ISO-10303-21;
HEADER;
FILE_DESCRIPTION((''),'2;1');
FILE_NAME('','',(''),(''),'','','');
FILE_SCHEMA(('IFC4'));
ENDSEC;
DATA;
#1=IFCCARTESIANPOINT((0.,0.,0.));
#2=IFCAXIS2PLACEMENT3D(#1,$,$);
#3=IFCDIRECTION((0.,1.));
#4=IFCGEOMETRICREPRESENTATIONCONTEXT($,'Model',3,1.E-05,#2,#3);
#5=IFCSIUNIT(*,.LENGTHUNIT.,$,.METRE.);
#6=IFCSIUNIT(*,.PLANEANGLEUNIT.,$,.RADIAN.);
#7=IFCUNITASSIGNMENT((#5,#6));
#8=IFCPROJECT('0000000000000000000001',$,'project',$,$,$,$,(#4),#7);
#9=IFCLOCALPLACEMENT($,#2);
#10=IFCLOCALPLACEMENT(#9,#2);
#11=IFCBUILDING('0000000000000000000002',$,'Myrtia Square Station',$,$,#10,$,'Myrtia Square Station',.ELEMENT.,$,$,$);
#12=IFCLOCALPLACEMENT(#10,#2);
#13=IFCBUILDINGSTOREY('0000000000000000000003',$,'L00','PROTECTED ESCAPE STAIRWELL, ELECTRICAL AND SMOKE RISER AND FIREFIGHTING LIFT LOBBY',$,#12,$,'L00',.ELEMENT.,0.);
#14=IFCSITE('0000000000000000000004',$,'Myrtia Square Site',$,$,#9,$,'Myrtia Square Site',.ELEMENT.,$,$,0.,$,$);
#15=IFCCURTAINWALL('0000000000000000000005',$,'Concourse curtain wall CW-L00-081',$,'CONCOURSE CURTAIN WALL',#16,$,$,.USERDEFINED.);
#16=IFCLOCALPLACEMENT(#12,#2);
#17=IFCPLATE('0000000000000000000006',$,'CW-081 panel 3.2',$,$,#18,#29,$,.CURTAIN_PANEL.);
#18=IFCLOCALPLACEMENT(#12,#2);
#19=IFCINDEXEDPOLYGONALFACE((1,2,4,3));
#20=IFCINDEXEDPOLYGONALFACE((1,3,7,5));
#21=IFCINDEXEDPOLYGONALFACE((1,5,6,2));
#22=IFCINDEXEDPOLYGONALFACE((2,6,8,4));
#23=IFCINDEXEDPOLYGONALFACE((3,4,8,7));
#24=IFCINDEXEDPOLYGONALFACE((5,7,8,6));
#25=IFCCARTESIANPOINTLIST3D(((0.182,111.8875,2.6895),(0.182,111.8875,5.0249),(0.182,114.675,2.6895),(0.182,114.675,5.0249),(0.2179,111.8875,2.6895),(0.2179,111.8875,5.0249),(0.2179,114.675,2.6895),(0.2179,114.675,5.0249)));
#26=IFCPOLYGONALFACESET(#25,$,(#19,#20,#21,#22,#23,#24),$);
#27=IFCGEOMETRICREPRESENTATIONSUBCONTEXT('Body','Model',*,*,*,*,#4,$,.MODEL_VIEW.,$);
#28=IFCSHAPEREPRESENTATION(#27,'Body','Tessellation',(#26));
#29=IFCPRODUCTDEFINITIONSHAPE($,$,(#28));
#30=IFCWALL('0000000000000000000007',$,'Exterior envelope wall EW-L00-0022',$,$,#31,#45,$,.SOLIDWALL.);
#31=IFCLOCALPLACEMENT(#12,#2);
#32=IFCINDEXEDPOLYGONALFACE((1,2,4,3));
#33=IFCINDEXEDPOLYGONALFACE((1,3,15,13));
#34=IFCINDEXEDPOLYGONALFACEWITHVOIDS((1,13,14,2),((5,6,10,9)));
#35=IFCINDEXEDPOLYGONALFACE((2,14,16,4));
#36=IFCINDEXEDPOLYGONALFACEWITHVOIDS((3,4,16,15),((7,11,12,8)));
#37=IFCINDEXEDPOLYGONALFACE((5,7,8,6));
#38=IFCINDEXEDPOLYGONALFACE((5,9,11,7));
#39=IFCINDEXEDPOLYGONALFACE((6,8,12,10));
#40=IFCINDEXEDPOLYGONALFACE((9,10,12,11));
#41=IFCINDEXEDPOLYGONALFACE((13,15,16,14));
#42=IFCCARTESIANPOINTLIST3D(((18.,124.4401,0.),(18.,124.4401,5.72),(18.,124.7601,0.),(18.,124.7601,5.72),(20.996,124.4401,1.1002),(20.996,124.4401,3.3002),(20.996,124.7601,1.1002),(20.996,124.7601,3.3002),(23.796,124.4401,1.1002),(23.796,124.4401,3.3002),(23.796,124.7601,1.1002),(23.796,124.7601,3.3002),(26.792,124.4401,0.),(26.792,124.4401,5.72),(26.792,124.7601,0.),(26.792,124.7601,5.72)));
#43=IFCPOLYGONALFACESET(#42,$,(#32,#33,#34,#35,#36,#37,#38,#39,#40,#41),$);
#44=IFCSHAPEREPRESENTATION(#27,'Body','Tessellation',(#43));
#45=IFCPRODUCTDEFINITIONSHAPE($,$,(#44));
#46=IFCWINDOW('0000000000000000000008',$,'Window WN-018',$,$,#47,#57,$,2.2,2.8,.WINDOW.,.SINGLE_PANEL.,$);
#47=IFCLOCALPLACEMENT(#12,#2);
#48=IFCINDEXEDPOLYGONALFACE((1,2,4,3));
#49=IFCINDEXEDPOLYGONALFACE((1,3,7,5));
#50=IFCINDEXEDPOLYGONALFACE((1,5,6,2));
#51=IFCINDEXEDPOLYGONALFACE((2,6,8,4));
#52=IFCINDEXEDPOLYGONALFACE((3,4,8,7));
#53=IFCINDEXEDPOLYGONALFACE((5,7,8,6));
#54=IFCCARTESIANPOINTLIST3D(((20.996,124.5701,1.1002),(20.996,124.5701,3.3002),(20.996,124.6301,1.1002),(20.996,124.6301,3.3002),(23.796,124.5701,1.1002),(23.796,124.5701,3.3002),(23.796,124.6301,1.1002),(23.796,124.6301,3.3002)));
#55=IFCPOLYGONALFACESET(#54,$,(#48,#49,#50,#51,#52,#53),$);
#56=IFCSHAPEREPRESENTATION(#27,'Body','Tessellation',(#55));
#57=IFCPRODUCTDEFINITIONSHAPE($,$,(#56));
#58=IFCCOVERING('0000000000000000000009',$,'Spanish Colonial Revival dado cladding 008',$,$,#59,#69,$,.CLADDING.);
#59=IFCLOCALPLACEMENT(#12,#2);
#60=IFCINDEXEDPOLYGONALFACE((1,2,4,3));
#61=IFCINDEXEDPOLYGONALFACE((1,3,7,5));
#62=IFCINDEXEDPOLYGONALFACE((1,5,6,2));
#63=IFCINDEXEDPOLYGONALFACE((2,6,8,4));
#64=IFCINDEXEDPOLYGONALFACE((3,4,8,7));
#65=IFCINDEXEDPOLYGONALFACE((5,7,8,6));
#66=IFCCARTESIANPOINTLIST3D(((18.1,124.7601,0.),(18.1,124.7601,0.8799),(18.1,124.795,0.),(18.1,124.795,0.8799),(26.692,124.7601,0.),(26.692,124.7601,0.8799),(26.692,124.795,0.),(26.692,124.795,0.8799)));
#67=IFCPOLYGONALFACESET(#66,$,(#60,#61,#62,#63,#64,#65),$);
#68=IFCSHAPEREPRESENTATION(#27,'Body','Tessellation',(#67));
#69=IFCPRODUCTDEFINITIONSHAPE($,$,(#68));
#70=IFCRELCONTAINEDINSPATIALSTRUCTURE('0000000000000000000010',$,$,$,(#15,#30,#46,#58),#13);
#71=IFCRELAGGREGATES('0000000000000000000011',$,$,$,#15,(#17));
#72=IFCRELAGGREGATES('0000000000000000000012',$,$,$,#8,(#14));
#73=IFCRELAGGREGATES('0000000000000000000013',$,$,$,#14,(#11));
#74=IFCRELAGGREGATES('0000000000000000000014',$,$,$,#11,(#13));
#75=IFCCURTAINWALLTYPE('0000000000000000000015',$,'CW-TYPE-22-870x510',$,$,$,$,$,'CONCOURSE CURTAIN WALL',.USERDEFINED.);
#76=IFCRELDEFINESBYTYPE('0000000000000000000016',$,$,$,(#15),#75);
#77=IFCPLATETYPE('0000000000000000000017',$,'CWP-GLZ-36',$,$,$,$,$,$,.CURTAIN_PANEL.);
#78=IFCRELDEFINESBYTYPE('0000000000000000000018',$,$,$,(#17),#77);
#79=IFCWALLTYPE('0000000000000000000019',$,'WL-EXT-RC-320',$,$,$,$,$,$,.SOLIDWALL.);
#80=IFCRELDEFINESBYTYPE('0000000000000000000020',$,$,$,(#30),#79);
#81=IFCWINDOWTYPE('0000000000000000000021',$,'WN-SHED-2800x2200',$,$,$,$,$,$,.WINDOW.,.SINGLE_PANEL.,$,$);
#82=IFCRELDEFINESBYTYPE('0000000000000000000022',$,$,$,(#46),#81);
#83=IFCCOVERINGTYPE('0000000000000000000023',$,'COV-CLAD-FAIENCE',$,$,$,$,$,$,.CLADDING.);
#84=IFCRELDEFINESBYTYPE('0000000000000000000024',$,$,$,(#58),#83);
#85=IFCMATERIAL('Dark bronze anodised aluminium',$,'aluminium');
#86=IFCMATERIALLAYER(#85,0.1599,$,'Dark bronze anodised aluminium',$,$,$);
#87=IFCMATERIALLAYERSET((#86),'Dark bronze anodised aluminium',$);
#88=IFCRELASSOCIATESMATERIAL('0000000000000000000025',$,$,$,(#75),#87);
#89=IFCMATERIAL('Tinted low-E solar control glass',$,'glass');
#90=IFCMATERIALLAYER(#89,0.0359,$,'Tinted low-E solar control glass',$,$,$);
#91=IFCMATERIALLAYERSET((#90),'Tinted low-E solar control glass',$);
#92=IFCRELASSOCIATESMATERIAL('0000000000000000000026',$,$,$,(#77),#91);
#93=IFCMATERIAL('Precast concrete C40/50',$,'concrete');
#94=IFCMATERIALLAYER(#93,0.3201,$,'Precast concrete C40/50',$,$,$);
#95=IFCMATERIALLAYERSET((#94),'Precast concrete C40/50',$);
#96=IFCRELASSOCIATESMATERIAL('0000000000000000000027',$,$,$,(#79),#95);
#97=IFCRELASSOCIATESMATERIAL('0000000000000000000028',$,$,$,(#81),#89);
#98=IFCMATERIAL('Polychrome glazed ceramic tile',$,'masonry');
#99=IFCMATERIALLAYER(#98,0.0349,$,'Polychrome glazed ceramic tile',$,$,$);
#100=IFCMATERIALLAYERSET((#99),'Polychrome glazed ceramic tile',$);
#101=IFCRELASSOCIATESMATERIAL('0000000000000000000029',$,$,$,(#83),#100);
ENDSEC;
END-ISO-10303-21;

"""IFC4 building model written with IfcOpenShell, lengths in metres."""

from ifc_helpers import new_model, si_unit, direction, frame, frame_2d, origin, origin_2d, place, context, subcontext, project, spatial, rectangle, extrude, material, layer, layer_set, type_object, element, fill, aggregate, save


model = new_model("IFC4")

# Units and contexts
model_context = context("Model", 3, precision=1e-05, world=origin(), true_north=direction((0.0, 1.0)))
body_context = subcontext(model_context, "Body", "Model", "MODEL_VIEW")
ifc_project = project(units=[si_unit("LENGTHUNIT", "METRE"), si_unit("PLANEANGLEUNIT", "RADIAN")], contexts=[model_context])

# Site, building, storey
site_placement = place(None, origin())
site = spatial("IfcSite", under=ifc_project, at=site_placement, Name="Myrtia Square Site", LongName="Myrtia Square Site", CompositionType="ELEMENT", RefElevation=0.0)
building_placement = place(site_placement, origin())
building = spatial("IfcBuilding", under=site, at=building_placement, Name="Myrtia Square Station", LongName="Myrtia Square Station", CompositionType="ELEMENT")
storey_placement = place(building_placement, origin())
storey = spatial("IfcBuildingStorey", under=building, at=storey_placement, Name="L00", Description="PROTECTED ESCAPE STAIRWELL, ELECTRICAL AND SMOKE RISER AND FIREFIGHTING LIFT LOBBY", LongName="L00", CompositionType="ELEMENT", Elevation=0.0)

# Curtain wall
ifc_material_1 = material(Name="Dark bronze anodised aluminium", Category="aluminium")
ifc_layer_1 = layer(ifc_material_1, 0.1599, Name="Dark bronze anodised aluminium")
ifc_layer_set_1 = layer_set([ifc_layer_1], Name="Dark bronze anodised aluminium")
curtain_wall_type = type_object("IfcCurtainWallType", Name="CW-TYPE-22-870x510", ElementType="CONCOURSE CURTAIN WALL", PredefinedType="USERDEFINED", material=ifc_layer_set_1)
curtain_wall_1_placement = place(storey_placement, origin())
curtain_wall_1 = element("IfcCurtainWall", 1, at=curtain_wall_1_placement, inside=storey, type_object=curtain_wall_type, Name="Concourse curtain wall CW-L00-081", ObjectType="CONCOURSE CURTAIN WALL", PredefinedType="USERDEFINED")

# Plate
ifc_material_2 = material(Name="Tinted low-E solar control glass", Category="glass")
ifc_layer_2 = layer(ifc_material_2, 0.0359, Name="Tinted low-E solar control glass")
ifc_layer_set_2 = layer_set([ifc_layer_2], Name="Tinted low-E solar control glass")
plate_type_1 = type_object("IfcPlateType", Name="CWP-GLZ-36", PredefinedType="CURTAIN_PANEL", material=ifc_layer_set_2)
plate_1_placement = place(storey_placement, frame((0.2, 113.2812, 2.6895), z_axis=(0.0, 0.0, 1.0), x_axis=(0.0, 1.0, 0.0)))
plate_1 = element("IfcPlate", 2, at=plate_1_placement, type_object=plate_type_1, Name="CW-081 panel 3.2", PredefinedType="CURTAIN_PANEL", context=body_context, shape_type="SweptSolid", body=[
    extrude(rectangle(XDim=2.7876, YDim=0.0359, at=origin_2d()), origin(), (0.0, 0.0, 1.0), 2.3354),
])
aggregate(curtain_wall_1, [plate_1])

# Wall, opening, window
ifc_material_3 = material(Name="Precast concrete C40/50", Category="concrete")
ifc_layer_3 = layer(ifc_material_3, 0.3201, Name="Precast concrete C40/50")
ifc_layer_set_3 = layer_set([ifc_layer_3], Name="Precast concrete C40/50")
wall_type = type_object("IfcWallType", Name="WL-EXT-RC-320", PredefinedType="SOLIDWALL", material=ifc_layer_set_3)
wall_placement = place(storey_placement, frame((18.0, 124.6001, 0.0), z_axis=(0.0, 0.0, 1.0), x_axis=(1.0, 0.0, 0.0)))
wall = element("IfcWall", 3, at=wall_placement, inside=storey, type_object=wall_type, Name="Exterior envelope wall EW-L00-0022", PredefinedType="SOLIDWALL", context=body_context, shape_type="SweptSolid", body=[
    extrude(rectangle(XDim=8.792, YDim=0.3201, at=frame_2d((4.396, 0.0))), origin(), (0.0, 0.0, 1.0), 5.72),
])
opening_placement = place(wall_placement, frame((2.9961, 0.0, 1.1001)))
opening = element("IfcOpeningElement", 4, at=opening_placement, cuts=wall, PredefinedType="OPENING", context=body_context, shape_type="SweptSolid", body=[
    extrude(rectangle(XDim=2.8, YDim=2.2, at=frame_2d((1.3999, 1.1001))), frame((0.0, 0.175, 0.0), z_axis=(0.0, -1.0, 0.0), x_axis=(1.0, 0.0, 0.0)), (0.0, 0.0, 1.0), 0.3501),
])
window_type = type_object("IfcWindowType", Name="WN-SHED-2800x2200", PartitioningType="SINGLE_PANEL", PredefinedType="WINDOW", material=ifc_material_2)
window_placement = place(opening_placement, origin())
window = element("IfcWindow", 5, at=window_placement, inside=storey, type_object=window_type, Name="Window WN-018", OverallHeight=2.2, OverallWidth=2.8, PartitioningType="SINGLE_PANEL", PredefinedType="WINDOW", context=body_context, shape_type="SweptSolid", body=[
    extrude(rectangle(XDim=2.8, YDim=2.2, at=frame_2d((1.3999, 1.1001))), frame((0.0, 0.03, 0.0), z_axis=(0.0, -1.0, 0.0), x_axis=(1.0, 0.0, 0.0)), (0.0, 0.0, 1.0), 0.0601),
])
fill(opening, window)

# Covering
ifc_material_4 = material(Name="Polychrome glazed ceramic tile", Category="masonry")
ifc_layer_4 = layer(ifc_material_4, 0.0349, Name="Polychrome glazed ceramic tile")
ifc_layer_set_4 = layer_set([ifc_layer_4], Name="Polychrome glazed ceramic tile")
covering_type = type_object("IfcCoveringType", Name="COV-CLAD-FAIENCE", PredefinedType="CLADDING", material=ifc_layer_set_4)
covering_placement = place(storey_placement, frame((22.396, 124.7776, 0.0), z_axis=(0.0, 0.0, 1.0), x_axis=(1.0, 0.0, 0.0)))
element("IfcCovering", 6, at=covering_placement, inside=storey, type_object=covering_type, Name="Spanish Colonial Revival dado cladding 008", PredefinedType="CLADDING", context=body_context, shape_type="SweptSolid", body=[
    extrude(rectangle(XDim=8.592, YDim=0.0349, at=origin_2d()), origin(), (0.0, 0.0, 1.0), 0.8799),
])

save(model, "model.ifc")
